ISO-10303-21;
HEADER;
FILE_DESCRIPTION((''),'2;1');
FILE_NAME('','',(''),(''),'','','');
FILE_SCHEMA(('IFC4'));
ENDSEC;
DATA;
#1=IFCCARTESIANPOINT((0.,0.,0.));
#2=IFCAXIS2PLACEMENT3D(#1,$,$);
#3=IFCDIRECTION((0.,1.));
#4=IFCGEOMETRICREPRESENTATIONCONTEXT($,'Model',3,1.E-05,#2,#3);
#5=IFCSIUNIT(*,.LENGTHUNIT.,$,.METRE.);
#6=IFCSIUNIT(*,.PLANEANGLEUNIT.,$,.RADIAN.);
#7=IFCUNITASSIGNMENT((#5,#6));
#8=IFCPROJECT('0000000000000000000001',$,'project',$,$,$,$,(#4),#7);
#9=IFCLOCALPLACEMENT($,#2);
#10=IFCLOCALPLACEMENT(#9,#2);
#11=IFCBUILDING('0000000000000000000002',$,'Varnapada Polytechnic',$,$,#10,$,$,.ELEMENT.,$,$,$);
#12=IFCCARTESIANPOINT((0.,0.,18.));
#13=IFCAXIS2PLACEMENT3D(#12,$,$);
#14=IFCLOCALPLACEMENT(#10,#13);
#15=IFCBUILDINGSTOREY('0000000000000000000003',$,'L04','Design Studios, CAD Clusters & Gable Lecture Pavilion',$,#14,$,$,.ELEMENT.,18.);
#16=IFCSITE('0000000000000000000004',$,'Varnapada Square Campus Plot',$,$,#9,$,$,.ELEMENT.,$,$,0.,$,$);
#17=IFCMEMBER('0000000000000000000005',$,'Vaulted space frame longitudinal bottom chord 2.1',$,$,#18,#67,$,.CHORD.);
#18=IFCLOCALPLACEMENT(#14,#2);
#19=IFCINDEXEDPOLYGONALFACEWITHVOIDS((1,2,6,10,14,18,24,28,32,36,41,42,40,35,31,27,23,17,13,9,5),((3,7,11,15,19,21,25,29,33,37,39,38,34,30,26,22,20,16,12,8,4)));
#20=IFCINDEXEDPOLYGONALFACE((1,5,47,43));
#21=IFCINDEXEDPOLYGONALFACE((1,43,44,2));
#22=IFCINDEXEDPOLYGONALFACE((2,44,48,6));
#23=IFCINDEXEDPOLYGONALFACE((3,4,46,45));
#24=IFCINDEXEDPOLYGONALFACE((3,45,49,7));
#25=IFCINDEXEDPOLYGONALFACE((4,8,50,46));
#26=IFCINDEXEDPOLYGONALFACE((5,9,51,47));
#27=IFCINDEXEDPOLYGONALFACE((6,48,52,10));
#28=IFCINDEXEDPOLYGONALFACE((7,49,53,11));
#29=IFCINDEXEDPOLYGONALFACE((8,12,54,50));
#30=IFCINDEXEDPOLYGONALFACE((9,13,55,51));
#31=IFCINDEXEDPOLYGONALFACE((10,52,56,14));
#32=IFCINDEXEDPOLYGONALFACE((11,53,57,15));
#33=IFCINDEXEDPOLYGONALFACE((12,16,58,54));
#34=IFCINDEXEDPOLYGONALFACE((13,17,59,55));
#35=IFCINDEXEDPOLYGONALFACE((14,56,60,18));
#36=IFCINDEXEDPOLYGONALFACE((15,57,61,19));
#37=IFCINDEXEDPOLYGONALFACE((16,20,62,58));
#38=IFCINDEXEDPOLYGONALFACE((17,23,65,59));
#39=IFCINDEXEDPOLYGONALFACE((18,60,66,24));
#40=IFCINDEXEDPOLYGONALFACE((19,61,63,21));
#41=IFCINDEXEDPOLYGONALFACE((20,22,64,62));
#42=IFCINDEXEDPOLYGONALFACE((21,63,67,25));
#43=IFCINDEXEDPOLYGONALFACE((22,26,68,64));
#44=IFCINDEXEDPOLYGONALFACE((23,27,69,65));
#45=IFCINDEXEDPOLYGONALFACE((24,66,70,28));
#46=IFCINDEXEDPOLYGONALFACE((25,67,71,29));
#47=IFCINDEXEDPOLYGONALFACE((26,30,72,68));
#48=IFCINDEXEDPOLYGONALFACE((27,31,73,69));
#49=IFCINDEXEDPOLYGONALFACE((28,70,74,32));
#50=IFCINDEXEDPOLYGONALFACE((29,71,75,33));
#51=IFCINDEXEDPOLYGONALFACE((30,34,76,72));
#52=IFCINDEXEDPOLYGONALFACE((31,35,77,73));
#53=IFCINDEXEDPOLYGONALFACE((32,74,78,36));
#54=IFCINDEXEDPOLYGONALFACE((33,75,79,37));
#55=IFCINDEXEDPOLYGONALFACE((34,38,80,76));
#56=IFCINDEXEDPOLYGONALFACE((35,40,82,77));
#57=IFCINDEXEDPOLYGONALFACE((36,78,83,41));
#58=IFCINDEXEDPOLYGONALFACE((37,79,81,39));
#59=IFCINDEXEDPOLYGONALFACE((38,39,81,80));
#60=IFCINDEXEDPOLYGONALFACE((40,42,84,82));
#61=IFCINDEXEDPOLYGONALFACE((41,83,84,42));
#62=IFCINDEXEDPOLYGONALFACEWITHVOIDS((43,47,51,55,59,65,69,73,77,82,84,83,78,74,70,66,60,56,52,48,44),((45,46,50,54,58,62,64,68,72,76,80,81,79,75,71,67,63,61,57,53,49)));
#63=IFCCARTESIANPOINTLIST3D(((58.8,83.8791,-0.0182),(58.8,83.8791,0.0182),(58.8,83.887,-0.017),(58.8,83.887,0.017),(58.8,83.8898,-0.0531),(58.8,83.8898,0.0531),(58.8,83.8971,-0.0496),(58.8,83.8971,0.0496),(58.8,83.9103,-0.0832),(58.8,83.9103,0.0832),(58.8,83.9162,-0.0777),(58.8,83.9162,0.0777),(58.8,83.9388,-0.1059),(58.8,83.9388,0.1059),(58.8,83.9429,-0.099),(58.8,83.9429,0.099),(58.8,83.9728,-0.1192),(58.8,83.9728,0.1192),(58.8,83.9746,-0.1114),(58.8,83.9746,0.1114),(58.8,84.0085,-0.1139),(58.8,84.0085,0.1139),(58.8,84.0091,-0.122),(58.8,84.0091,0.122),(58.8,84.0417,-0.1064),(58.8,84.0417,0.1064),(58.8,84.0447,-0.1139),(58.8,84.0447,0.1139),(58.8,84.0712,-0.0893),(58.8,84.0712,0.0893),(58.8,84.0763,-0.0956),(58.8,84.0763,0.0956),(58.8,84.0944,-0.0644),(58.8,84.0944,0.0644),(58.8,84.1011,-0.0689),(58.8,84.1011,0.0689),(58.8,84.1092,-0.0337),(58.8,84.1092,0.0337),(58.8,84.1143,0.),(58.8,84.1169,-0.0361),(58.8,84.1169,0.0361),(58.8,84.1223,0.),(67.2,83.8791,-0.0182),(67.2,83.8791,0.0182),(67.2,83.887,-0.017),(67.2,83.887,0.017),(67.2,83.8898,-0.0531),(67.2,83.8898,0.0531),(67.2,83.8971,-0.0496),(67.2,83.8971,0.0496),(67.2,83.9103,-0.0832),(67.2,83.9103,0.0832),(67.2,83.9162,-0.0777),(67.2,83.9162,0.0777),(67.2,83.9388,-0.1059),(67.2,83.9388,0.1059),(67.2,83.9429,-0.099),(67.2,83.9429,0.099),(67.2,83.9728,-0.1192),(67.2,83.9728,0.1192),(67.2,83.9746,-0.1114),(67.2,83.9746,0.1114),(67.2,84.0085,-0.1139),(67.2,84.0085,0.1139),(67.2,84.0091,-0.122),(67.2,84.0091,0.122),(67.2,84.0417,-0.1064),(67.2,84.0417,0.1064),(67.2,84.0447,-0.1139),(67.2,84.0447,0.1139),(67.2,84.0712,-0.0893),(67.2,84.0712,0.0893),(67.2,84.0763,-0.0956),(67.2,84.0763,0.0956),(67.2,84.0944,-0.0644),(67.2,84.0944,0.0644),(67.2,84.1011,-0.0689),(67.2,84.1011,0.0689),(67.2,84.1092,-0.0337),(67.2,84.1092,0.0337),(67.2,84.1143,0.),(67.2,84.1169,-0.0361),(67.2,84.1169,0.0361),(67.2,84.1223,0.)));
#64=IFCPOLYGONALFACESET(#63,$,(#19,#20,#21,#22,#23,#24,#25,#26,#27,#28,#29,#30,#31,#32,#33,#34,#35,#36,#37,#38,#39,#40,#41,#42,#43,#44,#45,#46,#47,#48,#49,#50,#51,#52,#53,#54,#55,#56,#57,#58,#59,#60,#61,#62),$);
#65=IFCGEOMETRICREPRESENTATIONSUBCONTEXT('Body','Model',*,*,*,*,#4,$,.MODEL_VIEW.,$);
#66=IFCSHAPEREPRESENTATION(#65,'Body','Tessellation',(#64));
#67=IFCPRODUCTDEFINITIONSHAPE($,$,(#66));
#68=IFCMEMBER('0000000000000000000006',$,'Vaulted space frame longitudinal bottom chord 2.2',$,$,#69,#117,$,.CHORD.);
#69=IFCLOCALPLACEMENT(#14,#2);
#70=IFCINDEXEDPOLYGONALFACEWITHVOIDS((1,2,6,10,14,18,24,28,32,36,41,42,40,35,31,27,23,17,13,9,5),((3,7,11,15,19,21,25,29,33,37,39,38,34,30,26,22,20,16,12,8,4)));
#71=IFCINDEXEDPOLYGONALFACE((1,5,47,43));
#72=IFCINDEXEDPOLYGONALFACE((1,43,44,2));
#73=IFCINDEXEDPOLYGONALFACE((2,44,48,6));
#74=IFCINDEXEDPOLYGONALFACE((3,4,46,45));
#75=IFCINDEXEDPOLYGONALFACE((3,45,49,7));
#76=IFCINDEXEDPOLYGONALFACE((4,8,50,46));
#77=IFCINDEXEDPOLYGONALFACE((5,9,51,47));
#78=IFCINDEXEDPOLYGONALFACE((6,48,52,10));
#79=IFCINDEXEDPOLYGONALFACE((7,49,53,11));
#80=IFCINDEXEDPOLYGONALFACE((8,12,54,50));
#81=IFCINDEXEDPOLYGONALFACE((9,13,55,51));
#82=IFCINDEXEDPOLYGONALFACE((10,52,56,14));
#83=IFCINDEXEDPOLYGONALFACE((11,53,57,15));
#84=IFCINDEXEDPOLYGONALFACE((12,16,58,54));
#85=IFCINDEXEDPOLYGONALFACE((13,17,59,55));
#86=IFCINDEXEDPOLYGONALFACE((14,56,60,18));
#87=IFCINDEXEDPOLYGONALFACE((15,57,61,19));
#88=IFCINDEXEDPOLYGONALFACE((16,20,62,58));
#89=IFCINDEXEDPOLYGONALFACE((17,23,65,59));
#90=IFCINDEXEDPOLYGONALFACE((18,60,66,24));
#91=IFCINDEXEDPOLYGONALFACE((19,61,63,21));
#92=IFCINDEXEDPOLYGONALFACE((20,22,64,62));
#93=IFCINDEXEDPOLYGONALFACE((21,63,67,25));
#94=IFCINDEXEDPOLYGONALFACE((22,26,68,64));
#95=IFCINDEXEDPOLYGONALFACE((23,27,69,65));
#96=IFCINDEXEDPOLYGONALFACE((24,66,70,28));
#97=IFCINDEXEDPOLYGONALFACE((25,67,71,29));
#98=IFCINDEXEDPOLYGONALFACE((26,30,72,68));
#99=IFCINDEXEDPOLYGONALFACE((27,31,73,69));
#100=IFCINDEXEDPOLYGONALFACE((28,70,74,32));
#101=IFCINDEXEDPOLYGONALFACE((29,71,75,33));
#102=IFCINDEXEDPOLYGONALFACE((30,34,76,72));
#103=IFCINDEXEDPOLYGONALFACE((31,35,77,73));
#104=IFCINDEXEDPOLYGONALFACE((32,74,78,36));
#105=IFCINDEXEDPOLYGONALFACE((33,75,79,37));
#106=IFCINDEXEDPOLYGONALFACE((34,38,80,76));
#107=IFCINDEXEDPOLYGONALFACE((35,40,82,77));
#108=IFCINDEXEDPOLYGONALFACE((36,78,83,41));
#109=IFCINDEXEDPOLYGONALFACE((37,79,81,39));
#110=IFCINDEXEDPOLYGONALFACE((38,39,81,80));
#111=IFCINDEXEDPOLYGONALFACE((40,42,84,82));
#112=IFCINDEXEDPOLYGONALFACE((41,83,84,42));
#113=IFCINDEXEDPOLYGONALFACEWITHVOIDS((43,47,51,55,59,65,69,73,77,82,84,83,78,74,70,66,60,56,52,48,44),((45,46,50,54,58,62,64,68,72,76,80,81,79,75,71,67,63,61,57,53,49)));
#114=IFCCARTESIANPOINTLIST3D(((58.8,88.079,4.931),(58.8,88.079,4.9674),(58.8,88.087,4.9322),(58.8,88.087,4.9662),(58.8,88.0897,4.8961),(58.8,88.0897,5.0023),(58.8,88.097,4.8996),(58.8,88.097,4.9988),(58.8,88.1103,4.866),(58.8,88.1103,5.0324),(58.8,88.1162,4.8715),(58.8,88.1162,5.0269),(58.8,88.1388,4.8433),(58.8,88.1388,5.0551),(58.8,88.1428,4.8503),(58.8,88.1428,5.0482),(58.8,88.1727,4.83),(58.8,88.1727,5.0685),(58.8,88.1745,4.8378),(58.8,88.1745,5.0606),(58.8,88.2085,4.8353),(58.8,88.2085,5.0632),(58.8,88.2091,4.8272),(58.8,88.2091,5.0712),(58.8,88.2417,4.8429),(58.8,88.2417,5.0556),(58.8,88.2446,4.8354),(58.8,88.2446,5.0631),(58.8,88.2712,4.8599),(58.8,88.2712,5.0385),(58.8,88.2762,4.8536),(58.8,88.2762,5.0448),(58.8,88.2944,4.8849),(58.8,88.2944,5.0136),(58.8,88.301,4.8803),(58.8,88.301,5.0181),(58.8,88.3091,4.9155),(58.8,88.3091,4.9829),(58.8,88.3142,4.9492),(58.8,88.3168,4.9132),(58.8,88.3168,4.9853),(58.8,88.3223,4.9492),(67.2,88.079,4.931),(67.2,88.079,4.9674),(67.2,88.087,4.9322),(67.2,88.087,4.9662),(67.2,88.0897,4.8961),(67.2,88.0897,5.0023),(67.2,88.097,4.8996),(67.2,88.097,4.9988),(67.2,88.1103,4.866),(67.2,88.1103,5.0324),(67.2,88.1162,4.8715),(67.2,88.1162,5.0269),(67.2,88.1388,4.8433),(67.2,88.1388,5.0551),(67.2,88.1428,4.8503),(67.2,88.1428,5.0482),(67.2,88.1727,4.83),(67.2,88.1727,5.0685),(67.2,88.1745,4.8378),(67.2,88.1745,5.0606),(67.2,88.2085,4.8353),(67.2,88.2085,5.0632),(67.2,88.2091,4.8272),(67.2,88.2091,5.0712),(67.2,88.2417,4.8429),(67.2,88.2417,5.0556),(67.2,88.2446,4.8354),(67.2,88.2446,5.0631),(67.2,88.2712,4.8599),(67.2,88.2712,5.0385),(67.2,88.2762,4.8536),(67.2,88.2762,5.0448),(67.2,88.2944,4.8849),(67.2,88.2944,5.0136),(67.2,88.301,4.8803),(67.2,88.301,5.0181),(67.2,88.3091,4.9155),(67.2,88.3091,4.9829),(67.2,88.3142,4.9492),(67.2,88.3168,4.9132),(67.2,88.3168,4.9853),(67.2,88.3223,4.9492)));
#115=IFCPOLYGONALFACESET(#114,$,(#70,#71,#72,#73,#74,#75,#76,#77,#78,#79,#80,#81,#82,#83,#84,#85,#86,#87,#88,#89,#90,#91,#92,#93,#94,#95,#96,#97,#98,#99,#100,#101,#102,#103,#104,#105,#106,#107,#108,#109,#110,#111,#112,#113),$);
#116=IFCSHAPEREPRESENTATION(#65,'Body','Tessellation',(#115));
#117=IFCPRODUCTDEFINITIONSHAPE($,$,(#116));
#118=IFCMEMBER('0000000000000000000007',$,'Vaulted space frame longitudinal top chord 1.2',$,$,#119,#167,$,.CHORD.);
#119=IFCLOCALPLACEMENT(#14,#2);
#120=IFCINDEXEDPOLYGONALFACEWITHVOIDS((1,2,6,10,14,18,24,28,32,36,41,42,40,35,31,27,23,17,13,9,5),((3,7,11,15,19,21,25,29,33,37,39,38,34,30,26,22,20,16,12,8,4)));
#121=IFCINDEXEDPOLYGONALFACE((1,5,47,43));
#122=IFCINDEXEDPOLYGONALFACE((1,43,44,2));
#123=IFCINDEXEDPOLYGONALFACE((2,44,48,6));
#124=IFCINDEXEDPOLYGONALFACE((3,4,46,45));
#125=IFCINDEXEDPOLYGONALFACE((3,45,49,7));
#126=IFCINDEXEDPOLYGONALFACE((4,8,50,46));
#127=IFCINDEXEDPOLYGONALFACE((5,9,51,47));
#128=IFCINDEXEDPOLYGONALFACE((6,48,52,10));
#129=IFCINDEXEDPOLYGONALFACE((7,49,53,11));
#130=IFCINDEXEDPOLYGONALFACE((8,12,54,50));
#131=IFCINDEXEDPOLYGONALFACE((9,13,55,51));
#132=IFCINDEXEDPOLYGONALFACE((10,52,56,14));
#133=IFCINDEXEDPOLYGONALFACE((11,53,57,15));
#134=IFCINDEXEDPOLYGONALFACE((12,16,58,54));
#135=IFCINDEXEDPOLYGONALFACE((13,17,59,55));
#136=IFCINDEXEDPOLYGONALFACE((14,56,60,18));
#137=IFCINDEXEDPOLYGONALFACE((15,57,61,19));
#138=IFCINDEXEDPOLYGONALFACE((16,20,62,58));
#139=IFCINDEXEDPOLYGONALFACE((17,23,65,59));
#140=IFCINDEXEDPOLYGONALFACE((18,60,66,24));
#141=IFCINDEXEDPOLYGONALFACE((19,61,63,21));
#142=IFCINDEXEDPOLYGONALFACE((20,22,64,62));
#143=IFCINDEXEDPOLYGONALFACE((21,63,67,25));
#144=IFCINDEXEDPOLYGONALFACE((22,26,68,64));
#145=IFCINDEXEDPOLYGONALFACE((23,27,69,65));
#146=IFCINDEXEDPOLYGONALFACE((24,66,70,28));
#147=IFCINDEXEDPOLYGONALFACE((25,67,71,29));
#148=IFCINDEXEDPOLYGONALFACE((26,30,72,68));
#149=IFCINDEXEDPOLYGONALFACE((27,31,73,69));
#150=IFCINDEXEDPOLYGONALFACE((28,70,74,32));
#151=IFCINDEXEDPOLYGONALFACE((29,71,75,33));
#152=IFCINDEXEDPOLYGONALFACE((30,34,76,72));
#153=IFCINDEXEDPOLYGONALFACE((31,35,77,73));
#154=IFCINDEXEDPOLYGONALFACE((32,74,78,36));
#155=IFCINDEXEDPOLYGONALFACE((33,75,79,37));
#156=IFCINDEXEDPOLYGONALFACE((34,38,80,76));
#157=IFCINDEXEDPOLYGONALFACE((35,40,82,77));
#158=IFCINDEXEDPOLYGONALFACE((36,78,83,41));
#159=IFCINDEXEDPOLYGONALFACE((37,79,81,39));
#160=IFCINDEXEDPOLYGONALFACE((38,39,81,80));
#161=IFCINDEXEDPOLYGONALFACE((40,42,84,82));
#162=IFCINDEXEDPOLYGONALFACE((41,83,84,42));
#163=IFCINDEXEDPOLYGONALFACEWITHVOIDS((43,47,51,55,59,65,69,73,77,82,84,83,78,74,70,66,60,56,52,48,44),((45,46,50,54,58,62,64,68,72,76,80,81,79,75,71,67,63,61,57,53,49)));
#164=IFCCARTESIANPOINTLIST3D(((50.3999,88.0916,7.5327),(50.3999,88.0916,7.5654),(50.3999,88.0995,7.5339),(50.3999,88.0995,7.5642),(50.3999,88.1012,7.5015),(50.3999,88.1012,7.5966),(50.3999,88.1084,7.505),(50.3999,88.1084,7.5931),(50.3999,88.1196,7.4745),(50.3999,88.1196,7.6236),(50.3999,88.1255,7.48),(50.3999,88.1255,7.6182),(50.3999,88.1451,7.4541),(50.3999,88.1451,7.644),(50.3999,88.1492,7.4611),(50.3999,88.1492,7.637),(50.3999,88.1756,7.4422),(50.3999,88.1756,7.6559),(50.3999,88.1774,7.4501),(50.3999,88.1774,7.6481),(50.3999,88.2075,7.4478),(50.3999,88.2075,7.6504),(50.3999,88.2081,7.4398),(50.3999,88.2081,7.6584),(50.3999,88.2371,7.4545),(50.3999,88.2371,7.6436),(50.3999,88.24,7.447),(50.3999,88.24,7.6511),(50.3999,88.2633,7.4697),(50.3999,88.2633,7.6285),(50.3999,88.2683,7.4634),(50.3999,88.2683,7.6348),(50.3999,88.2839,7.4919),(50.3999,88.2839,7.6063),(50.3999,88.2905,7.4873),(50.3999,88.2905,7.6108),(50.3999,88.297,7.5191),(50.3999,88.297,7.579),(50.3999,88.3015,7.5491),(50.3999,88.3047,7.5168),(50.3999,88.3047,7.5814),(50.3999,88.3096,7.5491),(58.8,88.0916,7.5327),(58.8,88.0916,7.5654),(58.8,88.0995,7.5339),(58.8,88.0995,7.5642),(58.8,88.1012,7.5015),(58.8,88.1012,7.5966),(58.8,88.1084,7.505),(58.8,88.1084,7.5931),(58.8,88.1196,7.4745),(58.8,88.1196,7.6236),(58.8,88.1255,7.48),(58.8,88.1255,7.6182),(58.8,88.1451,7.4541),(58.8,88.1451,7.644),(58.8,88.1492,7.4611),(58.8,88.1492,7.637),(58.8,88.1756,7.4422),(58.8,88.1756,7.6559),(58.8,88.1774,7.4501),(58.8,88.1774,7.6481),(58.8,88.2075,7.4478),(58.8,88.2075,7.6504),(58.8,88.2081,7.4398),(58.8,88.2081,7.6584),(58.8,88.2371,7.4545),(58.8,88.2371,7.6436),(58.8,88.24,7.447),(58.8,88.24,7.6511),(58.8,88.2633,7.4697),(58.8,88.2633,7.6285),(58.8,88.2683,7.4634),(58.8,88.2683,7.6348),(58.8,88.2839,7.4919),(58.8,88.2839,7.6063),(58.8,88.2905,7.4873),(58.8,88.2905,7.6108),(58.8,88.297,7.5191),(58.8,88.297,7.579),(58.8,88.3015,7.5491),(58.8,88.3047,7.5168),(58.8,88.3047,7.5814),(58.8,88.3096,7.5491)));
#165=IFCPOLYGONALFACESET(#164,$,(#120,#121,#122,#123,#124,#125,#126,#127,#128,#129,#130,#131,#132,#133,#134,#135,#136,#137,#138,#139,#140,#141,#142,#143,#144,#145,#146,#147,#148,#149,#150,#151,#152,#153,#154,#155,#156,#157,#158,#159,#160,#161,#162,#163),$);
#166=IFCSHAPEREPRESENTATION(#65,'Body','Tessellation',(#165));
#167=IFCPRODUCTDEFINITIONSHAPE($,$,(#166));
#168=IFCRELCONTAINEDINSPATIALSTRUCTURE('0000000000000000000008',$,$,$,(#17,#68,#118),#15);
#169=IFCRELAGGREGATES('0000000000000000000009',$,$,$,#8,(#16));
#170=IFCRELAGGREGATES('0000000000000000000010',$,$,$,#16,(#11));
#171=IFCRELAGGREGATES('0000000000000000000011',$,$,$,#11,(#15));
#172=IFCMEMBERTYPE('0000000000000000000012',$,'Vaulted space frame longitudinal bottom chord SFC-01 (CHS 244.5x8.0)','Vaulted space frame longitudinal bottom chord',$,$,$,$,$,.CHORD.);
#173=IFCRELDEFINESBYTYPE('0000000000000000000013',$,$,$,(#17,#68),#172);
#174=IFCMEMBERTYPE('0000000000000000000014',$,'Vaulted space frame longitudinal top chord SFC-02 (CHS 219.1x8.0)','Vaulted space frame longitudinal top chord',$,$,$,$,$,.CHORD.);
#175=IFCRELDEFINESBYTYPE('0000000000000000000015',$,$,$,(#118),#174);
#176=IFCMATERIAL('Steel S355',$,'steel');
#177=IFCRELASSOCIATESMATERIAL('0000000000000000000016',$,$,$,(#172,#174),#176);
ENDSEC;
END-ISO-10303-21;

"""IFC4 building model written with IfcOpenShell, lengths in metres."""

from ifc_helpers import new_model, si_unit, direction, frame, origin, origin_2d, place, context, subcontext, project, spatial, hollow_circle, extrude, material, material_profile, profile_set, type_object, element, save


model = new_model("IFC4")

# Units and contexts
model_context = context("Model", 3, precision=1e-05, world=origin(), true_north=direction((0.0, 1.0)))
body_context = subcontext(model_context, "Body", "Model", "MODEL_VIEW")
ifc_project = project(units=[si_unit("LENGTHUNIT", "METRE"), si_unit("PLANEANGLEUNIT", "RADIAN")], contexts=[model_context])

# Site, building, storey
site_placement = place(None, origin())
site = spatial("IfcSite", under=ifc_project, at=site_placement, Name="Varnapada Square Campus Plot", CompositionType="ELEMENT", RefElevation=0.0)
building_placement = place(site_placement, origin())
building = spatial("IfcBuilding", under=site, at=building_placement, Name="Varnapada Polytechnic", CompositionType="ELEMENT")
storey_placement = place(building_placement, frame((0.0, 0.0, 18.0)))
storey = spatial("IfcBuildingStorey", under=building, at=storey_placement, Name="L04", Description="Design Studios, CAD Clusters & Gable Lecture Pavilion", CompositionType="ELEMENT", Elevation=18.0)

# Shared definitions
ifc_material = material(Name="Steel S355", Category="steel")

# Members
ifc_material_profile_1 = material_profile(ifc_material, hollow_circle(Radius=0.1223, WallThickness=0.0081, at=origin_2d()), Name="CHS 244.5x8.0")
ifc_profile_set_1 = profile_set([ifc_material_profile_1], Name="Steel S355")
member_type_1 = type_object("IfcMemberType", Name="Vaulted space frame longitudinal bottom chord SFC-01 (CHS 244.5x8.0)", Description="Vaulted space frame longitudinal bottom chord", PredefinedType="CHORD", material=ifc_profile_set_1)
for number, where, z_axis, x_axis, name in (
    (1, (58.8, 84.0, 0.0), (1.0, 0.0, 0.0), (0.0, 1.0, 0.0), "Vaulted space frame longitudinal bottom chord 2.1"),
    (2, (58.8, 88.2, 4.9492), (1.0, 0.0, 0.0), (0.0, 1.0, 0.0), "Vaulted space frame longitudinal bottom chord 2.2"),
):
    element("IfcMember", number, at=place(storey_placement, frame(where, z_axis=z_axis, x_axis=x_axis)), inside=storey, type_object=member_type_1, Name=name, PredefinedType="CHORD", context=body_context, shape_type="SweptSolid", body=[
        extrude(hollow_circle(Radius=0.1223, WallThickness=0.0081, at=origin_2d()), origin(), (0.0, 0.0, 1.0), 8.3999),
    ])
ifc_material_profile_2 = material_profile(ifc_material, hollow_circle(Radius=0.1096, WallThickness=0.0081, at=origin_2d()), Name="CHS 219.1x8.0")
ifc_profile_set_2 = profile_set([ifc_material_profile_2], Name="Steel S355")
member_type_2 = type_object("IfcMemberType", Name="Vaulted space frame longitudinal top chord SFC-02 (CHS 219.1x8.0)", Description="Vaulted space frame longitudinal top chord", PredefinedType="CHORD", material=ifc_profile_set_2)
member_1_placement = place(storey_placement, frame((50.3999, 88.2, 7.5491), z_axis=(1.0, 0.0, 0.0), x_axis=(0.0, 1.0, 0.0)))
element("IfcMember", 3, at=member_1_placement, inside=storey, type_object=member_type_2, Name="Vaulted space frame longitudinal top chord 1.2", PredefinedType="CHORD", context=body_context, shape_type="SweptSolid", body=[
    extrude(hollow_circle(Radius=0.1096, WallThickness=0.0081, at=origin_2d()), origin(), (0.0, 0.0, 1.0), 8.4001),
])

save(model, "model.ifc")
